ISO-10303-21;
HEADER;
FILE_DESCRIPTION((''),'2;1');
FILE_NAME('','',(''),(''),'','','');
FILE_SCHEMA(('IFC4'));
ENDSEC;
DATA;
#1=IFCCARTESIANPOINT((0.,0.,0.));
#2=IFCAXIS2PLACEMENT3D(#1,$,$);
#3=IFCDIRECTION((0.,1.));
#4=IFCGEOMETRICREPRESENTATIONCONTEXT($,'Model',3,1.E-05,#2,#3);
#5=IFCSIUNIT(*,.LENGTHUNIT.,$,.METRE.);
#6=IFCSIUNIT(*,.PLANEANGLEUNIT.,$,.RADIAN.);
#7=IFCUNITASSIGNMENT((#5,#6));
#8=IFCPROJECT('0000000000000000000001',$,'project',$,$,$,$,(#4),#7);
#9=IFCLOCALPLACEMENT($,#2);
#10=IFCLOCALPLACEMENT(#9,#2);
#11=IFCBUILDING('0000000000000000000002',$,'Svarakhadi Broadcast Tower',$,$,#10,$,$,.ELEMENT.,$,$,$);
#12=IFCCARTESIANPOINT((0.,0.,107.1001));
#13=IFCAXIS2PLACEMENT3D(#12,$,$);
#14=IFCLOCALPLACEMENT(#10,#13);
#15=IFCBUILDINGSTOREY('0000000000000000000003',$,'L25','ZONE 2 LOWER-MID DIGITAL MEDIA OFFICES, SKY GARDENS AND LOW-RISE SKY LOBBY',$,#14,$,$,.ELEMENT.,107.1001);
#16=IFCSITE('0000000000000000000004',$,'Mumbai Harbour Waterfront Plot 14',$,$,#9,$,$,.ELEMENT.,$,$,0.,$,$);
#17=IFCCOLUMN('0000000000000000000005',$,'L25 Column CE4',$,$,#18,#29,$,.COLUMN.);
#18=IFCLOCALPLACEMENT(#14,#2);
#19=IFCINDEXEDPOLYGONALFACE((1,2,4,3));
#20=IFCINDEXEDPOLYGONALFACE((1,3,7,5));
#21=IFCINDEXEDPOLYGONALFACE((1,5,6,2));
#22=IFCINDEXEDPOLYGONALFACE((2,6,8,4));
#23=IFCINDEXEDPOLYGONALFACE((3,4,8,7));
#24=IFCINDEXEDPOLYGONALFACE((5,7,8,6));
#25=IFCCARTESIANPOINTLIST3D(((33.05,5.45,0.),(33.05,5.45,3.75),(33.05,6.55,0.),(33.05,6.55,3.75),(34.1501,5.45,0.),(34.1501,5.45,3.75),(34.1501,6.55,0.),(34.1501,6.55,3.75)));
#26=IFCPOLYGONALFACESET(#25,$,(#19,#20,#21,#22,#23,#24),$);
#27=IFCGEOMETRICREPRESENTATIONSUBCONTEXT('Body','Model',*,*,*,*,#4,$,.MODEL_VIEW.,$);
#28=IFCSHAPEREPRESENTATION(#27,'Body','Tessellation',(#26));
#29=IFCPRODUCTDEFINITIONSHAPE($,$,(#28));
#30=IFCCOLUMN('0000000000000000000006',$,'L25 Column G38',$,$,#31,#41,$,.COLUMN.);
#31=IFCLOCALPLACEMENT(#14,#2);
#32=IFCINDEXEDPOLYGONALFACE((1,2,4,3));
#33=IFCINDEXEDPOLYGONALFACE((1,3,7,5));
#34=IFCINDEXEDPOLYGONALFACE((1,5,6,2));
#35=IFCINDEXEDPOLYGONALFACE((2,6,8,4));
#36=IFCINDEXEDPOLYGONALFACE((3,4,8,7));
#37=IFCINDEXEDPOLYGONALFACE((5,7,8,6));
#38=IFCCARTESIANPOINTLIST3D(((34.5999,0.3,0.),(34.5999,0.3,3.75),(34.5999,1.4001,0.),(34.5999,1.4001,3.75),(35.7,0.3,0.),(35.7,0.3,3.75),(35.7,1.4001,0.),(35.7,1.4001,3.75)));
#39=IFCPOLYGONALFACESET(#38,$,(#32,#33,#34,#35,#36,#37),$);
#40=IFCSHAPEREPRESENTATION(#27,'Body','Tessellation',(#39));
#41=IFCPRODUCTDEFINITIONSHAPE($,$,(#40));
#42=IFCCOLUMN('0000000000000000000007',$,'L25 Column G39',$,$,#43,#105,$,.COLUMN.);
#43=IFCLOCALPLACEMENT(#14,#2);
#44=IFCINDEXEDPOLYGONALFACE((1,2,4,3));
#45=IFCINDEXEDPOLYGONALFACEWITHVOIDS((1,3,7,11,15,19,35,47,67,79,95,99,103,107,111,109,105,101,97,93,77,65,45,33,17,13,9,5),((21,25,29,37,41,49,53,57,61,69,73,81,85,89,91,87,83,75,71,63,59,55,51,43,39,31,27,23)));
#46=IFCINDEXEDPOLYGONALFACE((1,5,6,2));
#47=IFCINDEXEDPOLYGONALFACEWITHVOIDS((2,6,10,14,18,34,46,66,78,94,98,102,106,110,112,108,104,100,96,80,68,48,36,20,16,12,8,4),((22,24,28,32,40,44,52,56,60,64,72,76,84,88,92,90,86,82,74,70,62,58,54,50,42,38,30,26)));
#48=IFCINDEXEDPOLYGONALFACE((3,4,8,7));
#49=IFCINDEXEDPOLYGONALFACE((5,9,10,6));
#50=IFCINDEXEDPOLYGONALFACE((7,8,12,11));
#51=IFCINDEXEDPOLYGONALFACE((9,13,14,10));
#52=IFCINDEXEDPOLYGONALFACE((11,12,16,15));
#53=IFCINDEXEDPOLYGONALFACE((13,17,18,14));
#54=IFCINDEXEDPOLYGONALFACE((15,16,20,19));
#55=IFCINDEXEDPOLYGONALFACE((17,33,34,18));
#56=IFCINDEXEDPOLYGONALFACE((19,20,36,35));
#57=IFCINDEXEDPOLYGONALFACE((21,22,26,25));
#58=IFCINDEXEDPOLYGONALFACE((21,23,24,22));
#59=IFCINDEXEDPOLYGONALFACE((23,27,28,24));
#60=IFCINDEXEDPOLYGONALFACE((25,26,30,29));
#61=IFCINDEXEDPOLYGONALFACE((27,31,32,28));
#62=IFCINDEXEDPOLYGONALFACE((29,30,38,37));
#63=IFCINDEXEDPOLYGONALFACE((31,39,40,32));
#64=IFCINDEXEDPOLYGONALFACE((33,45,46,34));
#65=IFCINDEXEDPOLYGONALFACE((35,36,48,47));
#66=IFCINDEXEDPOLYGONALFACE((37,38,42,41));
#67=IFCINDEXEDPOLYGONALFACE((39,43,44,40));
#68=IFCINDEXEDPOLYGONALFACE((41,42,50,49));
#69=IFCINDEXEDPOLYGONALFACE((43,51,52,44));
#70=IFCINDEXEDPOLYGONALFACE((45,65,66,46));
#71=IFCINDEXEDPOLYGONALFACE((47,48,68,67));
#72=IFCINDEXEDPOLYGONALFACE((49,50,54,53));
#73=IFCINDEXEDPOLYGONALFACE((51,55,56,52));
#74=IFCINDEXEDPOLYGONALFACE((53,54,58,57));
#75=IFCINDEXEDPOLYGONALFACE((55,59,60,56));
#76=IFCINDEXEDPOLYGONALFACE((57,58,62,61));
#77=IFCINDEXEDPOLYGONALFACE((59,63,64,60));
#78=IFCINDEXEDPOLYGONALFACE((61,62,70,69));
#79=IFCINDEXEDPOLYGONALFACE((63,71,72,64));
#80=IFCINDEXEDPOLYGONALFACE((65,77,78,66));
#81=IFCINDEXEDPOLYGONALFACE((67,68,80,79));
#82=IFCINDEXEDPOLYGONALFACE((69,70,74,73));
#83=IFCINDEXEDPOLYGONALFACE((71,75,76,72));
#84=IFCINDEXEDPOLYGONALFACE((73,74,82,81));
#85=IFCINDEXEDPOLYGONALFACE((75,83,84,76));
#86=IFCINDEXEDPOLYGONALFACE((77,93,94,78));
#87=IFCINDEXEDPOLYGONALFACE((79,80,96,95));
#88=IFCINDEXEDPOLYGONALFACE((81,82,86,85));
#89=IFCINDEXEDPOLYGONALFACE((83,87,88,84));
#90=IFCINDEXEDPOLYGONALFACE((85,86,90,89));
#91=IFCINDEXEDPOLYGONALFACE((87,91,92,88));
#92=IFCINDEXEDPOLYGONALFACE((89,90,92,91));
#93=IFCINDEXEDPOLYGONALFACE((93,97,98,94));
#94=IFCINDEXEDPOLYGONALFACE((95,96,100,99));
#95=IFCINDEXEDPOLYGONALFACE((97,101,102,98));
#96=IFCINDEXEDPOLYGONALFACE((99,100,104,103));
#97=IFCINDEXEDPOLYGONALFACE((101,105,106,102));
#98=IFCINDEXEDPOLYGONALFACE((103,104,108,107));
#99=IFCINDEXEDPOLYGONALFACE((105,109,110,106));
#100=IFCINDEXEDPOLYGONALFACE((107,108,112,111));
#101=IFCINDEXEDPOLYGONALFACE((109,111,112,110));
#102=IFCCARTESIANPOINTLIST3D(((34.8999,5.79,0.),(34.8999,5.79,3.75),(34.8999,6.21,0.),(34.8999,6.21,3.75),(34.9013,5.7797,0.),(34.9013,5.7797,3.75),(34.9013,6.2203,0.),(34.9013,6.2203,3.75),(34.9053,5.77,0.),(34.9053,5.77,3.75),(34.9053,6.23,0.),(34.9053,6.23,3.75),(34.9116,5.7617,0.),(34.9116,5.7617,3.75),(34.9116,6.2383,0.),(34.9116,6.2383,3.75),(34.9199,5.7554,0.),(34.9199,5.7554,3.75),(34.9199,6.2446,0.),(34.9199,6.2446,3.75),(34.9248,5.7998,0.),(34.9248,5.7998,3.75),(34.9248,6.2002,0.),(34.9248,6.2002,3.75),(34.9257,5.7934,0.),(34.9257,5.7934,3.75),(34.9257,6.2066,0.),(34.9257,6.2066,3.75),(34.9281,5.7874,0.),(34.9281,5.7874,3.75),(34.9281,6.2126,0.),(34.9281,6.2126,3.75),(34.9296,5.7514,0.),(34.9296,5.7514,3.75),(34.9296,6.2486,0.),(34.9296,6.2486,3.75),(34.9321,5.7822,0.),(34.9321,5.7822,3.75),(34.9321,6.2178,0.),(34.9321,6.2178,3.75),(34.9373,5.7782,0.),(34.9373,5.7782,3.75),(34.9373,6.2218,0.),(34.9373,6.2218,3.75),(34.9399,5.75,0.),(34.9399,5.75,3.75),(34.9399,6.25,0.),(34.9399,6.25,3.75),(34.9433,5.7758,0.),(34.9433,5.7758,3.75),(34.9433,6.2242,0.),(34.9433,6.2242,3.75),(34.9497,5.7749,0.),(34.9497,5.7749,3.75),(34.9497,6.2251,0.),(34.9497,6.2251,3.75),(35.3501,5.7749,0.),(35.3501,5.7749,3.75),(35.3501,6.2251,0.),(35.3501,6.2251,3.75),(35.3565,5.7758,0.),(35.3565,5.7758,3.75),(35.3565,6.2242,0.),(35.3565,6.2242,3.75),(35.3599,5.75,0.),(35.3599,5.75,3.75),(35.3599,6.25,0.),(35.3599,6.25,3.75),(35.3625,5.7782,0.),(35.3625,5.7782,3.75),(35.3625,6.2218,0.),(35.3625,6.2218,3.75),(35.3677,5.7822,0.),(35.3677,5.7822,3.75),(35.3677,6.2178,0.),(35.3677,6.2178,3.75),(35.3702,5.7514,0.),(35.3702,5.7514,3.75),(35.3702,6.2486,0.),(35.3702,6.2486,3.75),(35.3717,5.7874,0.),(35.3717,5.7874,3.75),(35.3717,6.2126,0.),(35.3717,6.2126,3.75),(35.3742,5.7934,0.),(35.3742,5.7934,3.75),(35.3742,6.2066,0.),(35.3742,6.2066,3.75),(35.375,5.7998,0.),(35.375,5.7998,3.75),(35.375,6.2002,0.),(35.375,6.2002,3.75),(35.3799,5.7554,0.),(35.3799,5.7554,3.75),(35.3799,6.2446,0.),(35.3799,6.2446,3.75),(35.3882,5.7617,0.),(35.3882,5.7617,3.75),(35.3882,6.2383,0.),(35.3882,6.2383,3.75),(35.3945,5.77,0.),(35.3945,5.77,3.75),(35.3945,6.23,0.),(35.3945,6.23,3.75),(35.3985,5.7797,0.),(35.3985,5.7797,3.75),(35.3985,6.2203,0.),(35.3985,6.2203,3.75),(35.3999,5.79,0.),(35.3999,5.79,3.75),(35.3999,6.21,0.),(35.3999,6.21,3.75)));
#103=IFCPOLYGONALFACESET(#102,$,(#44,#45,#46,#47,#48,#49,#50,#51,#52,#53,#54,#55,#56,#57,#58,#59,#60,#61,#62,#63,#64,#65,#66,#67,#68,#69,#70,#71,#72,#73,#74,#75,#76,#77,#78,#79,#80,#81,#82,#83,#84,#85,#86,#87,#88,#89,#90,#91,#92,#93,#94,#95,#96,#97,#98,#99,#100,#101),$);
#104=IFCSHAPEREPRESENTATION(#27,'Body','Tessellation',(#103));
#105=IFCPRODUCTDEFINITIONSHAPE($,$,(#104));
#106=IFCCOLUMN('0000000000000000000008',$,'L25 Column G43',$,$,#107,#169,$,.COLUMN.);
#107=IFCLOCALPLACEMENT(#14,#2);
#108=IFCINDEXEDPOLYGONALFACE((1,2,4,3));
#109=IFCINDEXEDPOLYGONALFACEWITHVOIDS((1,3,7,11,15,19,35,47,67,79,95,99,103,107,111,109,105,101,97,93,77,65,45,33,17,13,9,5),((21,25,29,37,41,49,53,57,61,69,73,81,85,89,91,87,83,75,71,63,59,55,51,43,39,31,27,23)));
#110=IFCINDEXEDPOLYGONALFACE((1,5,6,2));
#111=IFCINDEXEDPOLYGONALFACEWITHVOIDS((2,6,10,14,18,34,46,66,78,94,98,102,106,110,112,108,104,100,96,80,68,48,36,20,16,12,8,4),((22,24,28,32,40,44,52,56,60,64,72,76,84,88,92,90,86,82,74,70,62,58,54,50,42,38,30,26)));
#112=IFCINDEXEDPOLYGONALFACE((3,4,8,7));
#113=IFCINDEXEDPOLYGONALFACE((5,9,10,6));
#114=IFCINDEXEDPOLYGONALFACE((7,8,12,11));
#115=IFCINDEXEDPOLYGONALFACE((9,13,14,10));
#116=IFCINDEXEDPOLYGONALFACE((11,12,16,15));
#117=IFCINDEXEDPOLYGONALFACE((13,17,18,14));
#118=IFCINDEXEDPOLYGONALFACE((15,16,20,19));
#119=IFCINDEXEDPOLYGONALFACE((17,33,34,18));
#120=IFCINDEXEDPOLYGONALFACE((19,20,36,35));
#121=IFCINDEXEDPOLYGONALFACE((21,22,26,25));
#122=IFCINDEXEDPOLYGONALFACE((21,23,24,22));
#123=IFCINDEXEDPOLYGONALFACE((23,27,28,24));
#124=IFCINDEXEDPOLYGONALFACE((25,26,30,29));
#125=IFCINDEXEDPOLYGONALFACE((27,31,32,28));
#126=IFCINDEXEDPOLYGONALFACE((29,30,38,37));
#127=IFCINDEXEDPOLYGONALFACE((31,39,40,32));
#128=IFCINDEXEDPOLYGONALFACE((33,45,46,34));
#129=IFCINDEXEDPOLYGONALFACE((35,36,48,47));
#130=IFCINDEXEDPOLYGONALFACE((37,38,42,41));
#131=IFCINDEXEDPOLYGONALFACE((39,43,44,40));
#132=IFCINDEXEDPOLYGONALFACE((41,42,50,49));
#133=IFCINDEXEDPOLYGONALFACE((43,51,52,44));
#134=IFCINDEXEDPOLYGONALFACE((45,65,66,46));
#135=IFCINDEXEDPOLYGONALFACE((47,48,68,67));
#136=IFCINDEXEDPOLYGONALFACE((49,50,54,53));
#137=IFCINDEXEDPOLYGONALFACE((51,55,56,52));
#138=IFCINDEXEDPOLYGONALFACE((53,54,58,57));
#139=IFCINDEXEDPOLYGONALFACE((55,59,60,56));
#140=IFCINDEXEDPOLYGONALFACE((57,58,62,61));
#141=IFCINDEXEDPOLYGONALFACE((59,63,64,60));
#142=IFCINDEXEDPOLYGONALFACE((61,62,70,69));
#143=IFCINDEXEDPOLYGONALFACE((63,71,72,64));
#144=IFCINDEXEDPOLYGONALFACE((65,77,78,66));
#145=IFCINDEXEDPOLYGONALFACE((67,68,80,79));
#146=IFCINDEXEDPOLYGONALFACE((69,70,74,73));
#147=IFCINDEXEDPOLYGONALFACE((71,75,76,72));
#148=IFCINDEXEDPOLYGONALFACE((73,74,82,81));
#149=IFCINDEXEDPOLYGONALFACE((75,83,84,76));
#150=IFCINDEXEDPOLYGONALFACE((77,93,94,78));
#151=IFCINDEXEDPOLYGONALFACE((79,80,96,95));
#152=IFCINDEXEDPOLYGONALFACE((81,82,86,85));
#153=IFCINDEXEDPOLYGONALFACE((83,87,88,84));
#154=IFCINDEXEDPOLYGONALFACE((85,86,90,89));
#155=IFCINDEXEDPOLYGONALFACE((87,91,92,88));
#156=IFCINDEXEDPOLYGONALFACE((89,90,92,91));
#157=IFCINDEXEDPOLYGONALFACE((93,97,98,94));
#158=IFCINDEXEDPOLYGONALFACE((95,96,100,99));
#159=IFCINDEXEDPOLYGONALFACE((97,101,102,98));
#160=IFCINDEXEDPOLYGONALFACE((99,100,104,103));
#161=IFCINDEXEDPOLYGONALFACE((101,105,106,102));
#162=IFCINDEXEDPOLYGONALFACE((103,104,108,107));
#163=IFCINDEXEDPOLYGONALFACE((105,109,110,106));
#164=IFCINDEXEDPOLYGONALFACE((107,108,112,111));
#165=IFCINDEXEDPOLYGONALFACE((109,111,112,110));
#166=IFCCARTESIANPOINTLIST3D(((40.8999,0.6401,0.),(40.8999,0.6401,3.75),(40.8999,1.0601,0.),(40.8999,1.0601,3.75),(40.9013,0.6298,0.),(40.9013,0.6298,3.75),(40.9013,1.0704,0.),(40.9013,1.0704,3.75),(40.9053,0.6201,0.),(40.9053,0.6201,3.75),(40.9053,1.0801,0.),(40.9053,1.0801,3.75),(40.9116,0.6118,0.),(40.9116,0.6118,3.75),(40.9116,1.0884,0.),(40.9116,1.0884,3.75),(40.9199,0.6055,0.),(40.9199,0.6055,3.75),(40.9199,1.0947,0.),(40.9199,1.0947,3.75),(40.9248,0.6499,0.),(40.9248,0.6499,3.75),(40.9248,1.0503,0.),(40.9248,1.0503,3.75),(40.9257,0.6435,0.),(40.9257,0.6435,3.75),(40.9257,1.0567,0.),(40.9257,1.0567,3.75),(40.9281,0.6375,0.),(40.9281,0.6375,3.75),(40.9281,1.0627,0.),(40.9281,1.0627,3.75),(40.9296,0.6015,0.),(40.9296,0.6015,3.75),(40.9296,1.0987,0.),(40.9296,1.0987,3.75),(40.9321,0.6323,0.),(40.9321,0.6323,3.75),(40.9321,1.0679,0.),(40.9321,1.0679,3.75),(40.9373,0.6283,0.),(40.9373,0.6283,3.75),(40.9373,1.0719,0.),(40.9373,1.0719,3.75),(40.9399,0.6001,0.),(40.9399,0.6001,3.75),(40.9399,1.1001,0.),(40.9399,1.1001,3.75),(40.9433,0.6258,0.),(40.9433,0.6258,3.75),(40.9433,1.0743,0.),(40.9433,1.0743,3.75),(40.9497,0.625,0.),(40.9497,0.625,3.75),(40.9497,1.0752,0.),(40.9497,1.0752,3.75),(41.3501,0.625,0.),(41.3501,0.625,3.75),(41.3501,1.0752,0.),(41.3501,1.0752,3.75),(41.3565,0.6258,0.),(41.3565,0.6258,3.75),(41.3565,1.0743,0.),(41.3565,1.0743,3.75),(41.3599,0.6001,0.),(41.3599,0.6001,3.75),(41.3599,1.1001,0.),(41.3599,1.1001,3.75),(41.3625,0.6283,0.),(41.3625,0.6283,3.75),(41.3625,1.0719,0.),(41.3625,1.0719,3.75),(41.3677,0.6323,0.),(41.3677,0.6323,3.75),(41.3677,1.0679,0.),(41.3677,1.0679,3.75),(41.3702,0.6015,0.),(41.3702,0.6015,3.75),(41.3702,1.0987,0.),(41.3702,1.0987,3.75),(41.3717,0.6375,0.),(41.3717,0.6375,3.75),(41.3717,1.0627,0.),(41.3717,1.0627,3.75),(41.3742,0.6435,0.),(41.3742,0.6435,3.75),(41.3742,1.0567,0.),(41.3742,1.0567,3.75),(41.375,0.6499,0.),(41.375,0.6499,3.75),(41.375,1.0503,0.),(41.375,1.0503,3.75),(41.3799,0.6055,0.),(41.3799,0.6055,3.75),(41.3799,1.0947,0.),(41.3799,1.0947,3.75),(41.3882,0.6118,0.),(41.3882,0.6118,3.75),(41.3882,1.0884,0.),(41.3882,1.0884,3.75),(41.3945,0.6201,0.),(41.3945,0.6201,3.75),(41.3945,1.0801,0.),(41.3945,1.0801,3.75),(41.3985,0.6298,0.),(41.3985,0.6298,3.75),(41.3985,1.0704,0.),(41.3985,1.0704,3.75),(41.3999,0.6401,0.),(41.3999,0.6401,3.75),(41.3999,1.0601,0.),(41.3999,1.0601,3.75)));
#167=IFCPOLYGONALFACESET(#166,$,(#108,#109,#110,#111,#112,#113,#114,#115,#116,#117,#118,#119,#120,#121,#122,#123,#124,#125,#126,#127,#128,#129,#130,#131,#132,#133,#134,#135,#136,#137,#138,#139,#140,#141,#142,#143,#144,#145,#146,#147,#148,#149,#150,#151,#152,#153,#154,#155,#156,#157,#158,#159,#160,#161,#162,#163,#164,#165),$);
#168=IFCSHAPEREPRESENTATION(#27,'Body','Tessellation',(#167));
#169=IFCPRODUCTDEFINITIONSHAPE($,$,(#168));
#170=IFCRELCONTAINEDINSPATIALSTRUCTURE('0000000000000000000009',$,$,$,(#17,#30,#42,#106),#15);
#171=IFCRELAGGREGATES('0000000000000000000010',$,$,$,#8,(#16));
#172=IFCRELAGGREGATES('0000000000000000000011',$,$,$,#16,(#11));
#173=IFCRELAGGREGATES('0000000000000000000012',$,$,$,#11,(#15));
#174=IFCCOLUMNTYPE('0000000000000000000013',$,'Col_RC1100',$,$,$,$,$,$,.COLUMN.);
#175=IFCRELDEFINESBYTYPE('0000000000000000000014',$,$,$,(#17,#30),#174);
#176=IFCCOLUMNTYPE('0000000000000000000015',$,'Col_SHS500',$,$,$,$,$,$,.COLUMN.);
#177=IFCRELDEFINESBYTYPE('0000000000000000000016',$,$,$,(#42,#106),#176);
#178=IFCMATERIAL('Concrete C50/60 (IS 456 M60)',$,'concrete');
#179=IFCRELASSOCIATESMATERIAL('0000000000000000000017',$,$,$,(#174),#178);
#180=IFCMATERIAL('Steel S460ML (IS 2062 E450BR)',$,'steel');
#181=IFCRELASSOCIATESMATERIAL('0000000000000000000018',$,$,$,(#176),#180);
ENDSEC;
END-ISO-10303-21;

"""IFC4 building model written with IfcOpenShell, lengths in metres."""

from ifc_helpers import new_model, si_unit, direction, frame, origin, origin_2d, place, context, subcontext, project, spatial, rectangle, hollow_rectangle, extrude, material, material_profile, profile_set, type_object, element, save


model = new_model("IFC4")

# Units and contexts
model_context = context("Model", 3, precision=1e-05, world=origin(), true_north=direction((0.0, 1.0)))
body_context = subcontext(model_context, "Body", "Model", "MODEL_VIEW")
ifc_project = project(units=[si_unit("LENGTHUNIT", "METRE"), si_unit("PLANEANGLEUNIT", "RADIAN")], contexts=[model_context])

# Site, building, storey
site_placement = place(None, origin())
site = spatial("IfcSite", under=ifc_project, at=site_placement, Name="Mumbai Harbour Waterfront Plot 14", CompositionType="ELEMENT", RefElevation=0.0)
building_placement = place(site_placement, origin())
building = spatial("IfcBuilding", under=site, at=building_placement, Name="Svarakhadi Broadcast Tower", CompositionType="ELEMENT")
storey_placement = place(building_placement, frame((0.0, 0.0, 107.1001)))
storey = spatial("IfcBuildingStorey", under=building, at=storey_placement, Name="L25", Description="ZONE 2 LOWER-MID DIGITAL MEDIA OFFICES, SKY GARDENS AND LOW-RISE SKY LOBBY", CompositionType="ELEMENT", Elevation=107.1001)

# Columns
ifc_material_1 = material(Name="Concrete C50/60 (IS 456 M60)", Category="concrete")
ifc_material_profile_1 = material_profile(ifc_material_1, rectangle(XDim=1.1001, YDim=1.1001, at=origin_2d()), Name="RC 1100x1100")
ifc_profile_set_1 = profile_set([ifc_material_profile_1], Name="Concrete C50/60 (IS 456 M60)")
column_type_1 = type_object("IfcColumnType", Name="Col_RC1100", PredefinedType="COLUMN", material=ifc_profile_set_1)
for number, where, z_axis, x_axis, name in (
    (1, (33.6001, 6.0, 0.0), (0.0, 0.0, 1.0), (1.0, 0.0, 0.0), "L25 Column CE4"),
    (2, (35.1499, 0.8501, 0.0), (0.0, 0.0, 1.0), (1.0, 0.0, 0.0), "L25 Column G38"),
):
    element("IfcColumn", number, at=place(storey_placement, frame(where, z_axis=z_axis, x_axis=x_axis)), inside=storey, type_object=column_type_1, Name=name, PredefinedType="COLUMN", context=body_context, shape_type="SweptSolid", body=[
        extrude(rectangle(XDim=1.1001, YDim=1.1001, at=origin_2d()), origin(), (0.0, 0.0, 1.0), 3.75),
    ])
ifc_material_2 = material(Name="Steel S460ML (IS 2062 E450BR)", Category="steel")
ifc_material_profile_2 = material_profile(ifc_material_2, hollow_rectangle(XDim=0.5, YDim=0.5, WallThickness=0.0249, InnerFilletRadius=0.0249, OuterFilletRadius=0.04, at=origin_2d()), Name="SHS 500x500x25")
ifc_profile_set_2 = profile_set([ifc_material_profile_2], Name="Steel S460ML (IS 2062 E450BR)")
column_type_2 = type_object("IfcColumnType", Name="Col_SHS500", PredefinedType="COLUMN", material=ifc_profile_set_2)
for number, where, z_axis, x_axis, name in (
    (3, (35.1499, 6.0, 0.0), (0.0, 0.0, 1.0), (1.0, 0.0, 0.0), "L25 Column G39"),
    (4, (41.1499, 0.8501, 0.0), (0.0, 0.0, 1.0), (1.0, 0.0, 0.0), "L25 Column G43"),
):
    element("IfcColumn", number, at=place(storey_placement, frame(where, z_axis=z_axis, x_axis=x_axis)), inside=storey, type_object=column_type_2, Name=name, PredefinedType="COLUMN", context=body_context, shape_type="SweptSolid", body=[
        extrude(hollow_rectangle(XDim=0.5, YDim=0.5, WallThickness=0.0249, InnerFilletRadius=0.0249, OuterFilletRadius=0.04, at=origin_2d()), origin(), (0.0, 0.0, 1.0), 3.75),
    ])

save(model, "model.ifc")
